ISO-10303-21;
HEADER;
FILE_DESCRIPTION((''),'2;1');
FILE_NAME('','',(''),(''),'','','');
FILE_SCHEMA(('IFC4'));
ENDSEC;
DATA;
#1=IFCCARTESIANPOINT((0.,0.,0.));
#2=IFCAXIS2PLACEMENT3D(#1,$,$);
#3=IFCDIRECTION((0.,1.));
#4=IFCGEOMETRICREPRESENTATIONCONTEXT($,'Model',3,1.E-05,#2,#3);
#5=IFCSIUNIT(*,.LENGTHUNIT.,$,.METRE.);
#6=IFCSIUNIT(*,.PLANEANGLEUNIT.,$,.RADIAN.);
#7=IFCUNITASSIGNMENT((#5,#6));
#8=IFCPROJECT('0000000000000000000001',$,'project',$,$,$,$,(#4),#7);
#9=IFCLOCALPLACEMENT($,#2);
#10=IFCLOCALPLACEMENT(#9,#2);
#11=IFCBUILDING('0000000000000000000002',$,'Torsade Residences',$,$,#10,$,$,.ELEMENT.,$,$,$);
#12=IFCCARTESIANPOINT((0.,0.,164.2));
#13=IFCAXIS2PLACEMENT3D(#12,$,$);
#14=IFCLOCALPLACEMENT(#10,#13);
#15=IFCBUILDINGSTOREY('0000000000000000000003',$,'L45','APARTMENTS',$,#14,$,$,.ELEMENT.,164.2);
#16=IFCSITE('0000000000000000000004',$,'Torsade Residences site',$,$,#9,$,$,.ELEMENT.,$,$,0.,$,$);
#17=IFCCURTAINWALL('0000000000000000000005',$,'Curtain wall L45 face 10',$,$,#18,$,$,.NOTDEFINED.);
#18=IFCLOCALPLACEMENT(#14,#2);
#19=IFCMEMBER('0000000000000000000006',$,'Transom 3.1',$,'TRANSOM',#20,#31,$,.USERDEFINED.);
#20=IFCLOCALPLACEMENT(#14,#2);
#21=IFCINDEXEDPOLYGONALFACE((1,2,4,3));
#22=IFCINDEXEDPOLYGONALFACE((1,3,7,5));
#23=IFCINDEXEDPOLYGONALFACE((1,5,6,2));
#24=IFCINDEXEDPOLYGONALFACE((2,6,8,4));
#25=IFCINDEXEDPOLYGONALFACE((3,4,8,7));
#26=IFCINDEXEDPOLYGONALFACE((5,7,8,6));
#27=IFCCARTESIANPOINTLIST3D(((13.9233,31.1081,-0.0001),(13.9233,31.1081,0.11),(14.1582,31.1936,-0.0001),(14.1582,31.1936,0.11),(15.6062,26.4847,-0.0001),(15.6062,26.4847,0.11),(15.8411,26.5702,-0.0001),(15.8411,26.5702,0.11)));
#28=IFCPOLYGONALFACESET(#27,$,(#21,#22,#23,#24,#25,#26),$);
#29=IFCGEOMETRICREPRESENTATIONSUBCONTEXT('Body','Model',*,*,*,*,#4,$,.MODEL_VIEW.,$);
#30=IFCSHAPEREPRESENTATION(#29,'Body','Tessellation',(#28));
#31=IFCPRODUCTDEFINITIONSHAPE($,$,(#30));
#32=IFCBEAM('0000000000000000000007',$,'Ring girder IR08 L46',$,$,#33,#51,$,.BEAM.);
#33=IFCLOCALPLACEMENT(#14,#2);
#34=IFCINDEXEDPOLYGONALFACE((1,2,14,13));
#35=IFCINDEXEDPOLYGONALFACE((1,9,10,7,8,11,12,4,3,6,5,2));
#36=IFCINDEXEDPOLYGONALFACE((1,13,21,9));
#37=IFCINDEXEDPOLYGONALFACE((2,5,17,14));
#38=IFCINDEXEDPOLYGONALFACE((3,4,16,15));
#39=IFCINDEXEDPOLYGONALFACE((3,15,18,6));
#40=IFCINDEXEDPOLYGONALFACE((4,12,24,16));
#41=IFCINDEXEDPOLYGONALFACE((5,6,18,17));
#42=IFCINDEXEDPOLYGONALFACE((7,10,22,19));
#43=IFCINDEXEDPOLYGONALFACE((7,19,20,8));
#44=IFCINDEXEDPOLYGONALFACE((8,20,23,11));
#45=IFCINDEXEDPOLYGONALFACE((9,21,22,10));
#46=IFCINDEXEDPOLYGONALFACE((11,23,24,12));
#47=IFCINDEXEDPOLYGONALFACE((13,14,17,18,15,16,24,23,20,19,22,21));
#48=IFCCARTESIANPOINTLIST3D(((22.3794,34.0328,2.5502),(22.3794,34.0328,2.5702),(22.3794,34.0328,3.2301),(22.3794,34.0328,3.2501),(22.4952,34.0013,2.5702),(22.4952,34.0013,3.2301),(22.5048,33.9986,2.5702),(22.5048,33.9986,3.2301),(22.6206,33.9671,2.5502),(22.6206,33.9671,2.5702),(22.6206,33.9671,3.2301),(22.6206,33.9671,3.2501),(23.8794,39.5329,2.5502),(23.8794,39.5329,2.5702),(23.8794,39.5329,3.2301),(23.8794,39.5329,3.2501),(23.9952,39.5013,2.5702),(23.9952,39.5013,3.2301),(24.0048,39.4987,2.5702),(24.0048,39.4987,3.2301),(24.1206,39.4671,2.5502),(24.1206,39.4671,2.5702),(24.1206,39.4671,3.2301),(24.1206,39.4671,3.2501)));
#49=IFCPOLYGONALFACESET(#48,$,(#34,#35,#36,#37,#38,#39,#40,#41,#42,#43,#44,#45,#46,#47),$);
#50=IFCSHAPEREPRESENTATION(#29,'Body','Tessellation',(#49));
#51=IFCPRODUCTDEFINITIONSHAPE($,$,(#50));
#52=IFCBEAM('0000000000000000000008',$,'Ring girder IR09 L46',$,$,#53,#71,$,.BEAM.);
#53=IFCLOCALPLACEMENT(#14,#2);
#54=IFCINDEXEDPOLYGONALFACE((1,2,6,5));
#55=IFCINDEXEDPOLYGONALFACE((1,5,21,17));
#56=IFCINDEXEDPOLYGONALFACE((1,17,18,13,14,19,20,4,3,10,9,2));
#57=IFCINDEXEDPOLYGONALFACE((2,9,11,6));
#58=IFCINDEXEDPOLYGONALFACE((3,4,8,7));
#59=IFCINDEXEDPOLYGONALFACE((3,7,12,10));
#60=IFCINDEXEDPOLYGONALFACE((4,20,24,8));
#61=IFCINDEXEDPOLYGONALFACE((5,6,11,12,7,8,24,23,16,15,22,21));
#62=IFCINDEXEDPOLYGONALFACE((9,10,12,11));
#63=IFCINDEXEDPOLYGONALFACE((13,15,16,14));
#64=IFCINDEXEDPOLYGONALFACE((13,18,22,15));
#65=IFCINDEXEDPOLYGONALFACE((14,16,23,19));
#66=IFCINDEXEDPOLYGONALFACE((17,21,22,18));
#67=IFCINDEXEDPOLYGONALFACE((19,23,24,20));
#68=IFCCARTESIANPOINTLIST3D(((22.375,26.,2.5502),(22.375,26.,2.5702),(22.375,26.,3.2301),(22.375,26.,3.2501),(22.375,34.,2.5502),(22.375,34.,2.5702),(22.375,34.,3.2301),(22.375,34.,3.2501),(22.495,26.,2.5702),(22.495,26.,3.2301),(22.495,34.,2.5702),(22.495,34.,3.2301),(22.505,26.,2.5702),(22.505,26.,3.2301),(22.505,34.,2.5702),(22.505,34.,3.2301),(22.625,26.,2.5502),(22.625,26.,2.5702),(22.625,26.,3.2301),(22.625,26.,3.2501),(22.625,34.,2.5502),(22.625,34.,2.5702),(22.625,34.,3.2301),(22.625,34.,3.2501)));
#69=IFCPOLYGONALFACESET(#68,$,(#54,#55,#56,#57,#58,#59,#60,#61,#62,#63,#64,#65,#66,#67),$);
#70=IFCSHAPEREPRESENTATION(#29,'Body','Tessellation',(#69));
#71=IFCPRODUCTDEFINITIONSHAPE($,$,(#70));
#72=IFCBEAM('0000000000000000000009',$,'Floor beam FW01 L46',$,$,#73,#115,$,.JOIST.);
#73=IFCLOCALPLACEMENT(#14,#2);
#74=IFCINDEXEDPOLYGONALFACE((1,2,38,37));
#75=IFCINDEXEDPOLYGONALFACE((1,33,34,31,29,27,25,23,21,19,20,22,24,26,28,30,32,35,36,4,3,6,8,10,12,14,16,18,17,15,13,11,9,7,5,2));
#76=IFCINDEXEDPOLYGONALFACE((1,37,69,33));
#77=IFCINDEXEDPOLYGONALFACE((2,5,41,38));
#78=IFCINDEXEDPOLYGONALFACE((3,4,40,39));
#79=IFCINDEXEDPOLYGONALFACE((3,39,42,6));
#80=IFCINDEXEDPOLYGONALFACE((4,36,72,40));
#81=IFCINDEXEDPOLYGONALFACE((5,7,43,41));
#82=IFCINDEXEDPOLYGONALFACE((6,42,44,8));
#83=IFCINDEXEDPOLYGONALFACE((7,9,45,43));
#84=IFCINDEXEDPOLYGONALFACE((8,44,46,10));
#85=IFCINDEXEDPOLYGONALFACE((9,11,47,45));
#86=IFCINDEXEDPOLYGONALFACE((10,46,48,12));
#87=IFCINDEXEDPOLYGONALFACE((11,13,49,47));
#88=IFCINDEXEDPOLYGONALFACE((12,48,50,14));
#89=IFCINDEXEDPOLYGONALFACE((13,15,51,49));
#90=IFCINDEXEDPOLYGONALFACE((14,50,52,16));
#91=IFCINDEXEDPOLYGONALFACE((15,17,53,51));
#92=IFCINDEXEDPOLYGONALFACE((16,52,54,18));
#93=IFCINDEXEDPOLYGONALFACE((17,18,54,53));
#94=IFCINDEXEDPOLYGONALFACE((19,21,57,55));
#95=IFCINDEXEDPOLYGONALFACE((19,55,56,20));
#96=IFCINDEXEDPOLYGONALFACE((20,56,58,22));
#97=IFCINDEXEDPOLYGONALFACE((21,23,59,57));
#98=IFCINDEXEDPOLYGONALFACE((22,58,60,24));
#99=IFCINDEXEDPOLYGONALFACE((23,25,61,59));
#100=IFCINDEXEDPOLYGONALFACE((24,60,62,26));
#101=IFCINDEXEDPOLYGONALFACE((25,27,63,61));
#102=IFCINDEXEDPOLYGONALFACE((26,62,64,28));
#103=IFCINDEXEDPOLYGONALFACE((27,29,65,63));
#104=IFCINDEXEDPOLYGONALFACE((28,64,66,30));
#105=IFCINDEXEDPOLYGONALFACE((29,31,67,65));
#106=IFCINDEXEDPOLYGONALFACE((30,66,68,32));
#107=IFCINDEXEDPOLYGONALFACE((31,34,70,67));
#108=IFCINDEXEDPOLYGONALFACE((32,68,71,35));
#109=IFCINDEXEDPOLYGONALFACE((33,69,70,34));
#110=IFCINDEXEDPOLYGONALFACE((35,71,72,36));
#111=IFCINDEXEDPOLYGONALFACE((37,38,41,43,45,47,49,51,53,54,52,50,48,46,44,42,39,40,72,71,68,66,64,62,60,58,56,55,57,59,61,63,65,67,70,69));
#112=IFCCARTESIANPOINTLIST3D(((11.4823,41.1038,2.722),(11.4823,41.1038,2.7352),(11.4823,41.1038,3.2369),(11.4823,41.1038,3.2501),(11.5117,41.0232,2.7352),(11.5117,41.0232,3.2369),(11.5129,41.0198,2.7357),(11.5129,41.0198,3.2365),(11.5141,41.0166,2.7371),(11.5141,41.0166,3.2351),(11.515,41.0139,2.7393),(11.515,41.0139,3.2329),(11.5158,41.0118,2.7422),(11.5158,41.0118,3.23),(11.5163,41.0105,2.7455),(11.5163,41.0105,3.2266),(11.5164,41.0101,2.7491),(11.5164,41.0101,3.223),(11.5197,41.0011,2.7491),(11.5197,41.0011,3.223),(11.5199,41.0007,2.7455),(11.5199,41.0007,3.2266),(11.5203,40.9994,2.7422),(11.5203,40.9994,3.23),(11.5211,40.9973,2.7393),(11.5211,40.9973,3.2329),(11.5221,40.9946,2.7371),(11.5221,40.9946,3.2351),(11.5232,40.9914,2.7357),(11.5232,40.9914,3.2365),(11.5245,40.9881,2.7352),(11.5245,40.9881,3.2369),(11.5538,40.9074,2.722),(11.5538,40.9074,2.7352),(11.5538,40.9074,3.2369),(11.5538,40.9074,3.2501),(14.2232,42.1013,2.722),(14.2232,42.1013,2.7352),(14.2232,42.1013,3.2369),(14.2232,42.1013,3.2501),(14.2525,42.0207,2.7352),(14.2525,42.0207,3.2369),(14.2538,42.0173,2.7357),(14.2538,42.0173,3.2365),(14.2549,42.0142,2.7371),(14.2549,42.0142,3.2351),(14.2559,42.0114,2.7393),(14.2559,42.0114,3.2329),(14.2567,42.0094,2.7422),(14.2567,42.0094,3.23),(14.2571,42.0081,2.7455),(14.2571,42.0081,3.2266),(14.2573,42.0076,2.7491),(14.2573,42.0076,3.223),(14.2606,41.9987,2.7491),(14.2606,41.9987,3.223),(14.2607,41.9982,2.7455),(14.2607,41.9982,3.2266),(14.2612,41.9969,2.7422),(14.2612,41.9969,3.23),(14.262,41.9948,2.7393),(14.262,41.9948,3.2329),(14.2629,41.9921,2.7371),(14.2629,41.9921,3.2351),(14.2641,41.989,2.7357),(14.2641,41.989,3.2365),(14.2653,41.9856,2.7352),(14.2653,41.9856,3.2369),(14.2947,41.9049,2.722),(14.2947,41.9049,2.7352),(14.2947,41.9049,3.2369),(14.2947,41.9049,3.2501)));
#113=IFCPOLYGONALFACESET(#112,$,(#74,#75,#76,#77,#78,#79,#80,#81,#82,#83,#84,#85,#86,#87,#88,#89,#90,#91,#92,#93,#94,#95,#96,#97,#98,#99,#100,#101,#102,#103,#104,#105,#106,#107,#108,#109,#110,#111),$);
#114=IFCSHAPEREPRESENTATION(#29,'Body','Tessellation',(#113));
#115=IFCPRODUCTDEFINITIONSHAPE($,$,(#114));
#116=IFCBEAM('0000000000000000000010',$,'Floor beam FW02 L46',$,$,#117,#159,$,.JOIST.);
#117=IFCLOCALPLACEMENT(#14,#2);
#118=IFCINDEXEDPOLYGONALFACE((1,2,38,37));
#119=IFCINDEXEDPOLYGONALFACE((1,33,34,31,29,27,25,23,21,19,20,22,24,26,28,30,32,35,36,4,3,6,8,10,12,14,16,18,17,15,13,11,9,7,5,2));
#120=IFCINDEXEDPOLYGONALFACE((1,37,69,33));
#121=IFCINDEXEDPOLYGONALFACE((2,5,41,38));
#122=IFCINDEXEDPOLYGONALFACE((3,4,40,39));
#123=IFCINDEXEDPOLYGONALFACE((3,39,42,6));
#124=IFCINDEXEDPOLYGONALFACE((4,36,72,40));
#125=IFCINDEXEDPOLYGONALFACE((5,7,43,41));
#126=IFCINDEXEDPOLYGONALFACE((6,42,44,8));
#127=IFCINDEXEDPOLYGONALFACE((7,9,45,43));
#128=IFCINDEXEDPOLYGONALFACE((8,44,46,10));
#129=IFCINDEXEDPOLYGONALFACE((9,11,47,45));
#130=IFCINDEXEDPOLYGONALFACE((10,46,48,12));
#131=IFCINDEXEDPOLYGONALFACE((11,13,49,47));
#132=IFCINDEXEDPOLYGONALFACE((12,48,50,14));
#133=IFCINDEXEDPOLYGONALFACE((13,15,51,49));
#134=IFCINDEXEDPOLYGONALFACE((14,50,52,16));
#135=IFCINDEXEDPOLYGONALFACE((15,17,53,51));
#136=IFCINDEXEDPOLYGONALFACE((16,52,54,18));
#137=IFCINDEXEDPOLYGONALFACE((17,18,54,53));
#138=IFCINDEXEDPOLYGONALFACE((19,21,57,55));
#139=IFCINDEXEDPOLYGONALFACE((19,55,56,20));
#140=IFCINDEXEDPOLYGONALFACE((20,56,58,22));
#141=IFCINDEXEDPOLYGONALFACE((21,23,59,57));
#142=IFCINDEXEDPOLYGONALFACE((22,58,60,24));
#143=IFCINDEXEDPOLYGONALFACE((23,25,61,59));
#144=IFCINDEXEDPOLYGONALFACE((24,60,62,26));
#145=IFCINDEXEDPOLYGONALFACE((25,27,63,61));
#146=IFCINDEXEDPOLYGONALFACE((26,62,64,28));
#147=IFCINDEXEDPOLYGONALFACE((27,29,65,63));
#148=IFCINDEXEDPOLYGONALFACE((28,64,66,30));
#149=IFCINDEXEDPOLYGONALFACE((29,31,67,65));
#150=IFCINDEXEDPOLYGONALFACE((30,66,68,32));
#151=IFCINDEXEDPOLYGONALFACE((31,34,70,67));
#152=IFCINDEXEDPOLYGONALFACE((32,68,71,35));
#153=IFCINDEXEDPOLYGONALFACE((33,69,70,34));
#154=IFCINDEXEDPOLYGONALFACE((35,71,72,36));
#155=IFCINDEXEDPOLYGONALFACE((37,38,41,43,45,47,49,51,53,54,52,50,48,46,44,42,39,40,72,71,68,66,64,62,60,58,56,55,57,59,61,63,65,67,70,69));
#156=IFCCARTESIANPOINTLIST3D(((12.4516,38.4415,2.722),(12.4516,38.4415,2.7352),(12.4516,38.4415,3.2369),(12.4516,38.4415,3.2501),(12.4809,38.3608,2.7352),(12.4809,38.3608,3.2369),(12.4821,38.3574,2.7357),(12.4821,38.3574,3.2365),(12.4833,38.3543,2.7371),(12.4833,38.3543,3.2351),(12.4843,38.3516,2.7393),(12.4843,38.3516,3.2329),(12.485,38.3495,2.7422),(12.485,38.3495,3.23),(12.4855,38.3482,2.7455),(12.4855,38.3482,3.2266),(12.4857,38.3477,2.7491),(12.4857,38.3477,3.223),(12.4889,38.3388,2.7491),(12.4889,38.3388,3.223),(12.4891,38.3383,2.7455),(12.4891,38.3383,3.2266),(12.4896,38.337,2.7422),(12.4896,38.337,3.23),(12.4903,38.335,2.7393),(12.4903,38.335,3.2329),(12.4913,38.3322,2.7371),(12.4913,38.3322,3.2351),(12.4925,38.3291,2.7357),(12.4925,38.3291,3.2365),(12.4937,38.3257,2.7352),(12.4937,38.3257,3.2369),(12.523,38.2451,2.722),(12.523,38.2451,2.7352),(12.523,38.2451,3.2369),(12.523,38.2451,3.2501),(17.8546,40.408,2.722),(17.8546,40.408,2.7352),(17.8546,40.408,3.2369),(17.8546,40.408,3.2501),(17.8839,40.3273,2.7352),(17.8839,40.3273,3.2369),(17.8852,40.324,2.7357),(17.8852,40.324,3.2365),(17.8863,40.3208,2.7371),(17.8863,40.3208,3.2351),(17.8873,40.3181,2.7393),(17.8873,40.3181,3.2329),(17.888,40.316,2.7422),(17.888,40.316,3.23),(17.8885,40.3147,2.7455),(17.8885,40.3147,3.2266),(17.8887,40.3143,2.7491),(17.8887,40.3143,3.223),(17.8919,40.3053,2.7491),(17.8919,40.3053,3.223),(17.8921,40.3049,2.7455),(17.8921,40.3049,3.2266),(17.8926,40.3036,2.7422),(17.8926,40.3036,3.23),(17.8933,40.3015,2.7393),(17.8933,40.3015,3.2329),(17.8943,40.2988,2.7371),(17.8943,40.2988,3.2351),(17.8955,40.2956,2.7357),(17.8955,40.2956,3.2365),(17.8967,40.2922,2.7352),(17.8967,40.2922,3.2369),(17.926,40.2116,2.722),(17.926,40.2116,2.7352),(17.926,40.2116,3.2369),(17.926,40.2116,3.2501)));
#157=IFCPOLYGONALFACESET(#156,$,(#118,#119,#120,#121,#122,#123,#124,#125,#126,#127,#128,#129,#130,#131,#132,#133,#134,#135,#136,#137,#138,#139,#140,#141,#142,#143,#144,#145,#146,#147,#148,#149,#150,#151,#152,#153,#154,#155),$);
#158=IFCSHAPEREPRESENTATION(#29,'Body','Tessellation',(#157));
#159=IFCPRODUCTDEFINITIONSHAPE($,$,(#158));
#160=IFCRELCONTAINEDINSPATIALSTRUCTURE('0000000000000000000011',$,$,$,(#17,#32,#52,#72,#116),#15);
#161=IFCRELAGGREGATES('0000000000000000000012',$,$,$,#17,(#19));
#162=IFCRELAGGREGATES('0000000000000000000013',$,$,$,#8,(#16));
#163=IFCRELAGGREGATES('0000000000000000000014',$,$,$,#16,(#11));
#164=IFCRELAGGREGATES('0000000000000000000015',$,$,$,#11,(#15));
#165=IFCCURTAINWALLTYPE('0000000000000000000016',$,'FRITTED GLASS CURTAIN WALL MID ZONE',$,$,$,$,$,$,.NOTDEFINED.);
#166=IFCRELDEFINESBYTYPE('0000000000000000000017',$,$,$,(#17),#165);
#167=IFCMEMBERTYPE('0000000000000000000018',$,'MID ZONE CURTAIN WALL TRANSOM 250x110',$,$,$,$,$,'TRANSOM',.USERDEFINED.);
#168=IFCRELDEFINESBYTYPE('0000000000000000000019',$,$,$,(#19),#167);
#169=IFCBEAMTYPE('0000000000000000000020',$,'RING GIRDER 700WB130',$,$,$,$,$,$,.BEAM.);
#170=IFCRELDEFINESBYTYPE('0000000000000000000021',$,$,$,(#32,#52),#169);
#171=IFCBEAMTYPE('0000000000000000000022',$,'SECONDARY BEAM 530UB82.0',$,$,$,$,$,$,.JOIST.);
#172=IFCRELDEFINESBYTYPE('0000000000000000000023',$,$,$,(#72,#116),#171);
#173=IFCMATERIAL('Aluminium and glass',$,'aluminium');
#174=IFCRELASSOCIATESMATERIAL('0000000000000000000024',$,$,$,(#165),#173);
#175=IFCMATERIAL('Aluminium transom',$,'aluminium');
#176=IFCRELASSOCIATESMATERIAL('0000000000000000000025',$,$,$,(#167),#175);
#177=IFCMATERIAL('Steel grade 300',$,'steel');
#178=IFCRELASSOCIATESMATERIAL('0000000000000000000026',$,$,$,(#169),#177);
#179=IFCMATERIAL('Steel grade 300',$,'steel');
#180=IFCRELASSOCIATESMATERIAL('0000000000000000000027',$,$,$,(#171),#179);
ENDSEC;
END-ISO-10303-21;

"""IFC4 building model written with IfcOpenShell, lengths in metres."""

from ifc_helpers import new_model, si_unit, direction, frame, origin, origin_2d, place, context, subcontext, project, spatial, rectangle, i_section, extrude, material, material_profile, profile_set, type_object, element, aggregate, save


model = new_model("IFC4")

# Units and contexts
model_context = context("Model", 3, precision=1e-05, world=origin(), true_north=direction((0.0, 1.0)))
body_context = subcontext(model_context, "Body", "Model", "MODEL_VIEW")
ifc_project = project(units=[si_unit("LENGTHUNIT", "METRE"), si_unit("PLANEANGLEUNIT", "RADIAN")], contexts=[model_context])

# Site, building, storey
site_placement = place(None, origin())
site = spatial("IfcSite", under=ifc_project, at=site_placement, Name="Torsade Residences site", CompositionType="ELEMENT", RefElevation=0.0)
building_placement = place(site_placement, origin())
building = spatial("IfcBuilding", under=site, at=building_placement, Name="Torsade Residences", CompositionType="ELEMENT")
storey_placement = place(building_placement, frame((0.0, 0.0, 164.2)))
storey = spatial("IfcBuildingStorey", under=building, at=storey_placement, Name="L45", Description="APARTMENTS", CompositionType="ELEMENT", Elevation=164.2)

# Curtain wall, member
ifc_material_1 = material(Name="Aluminium and glass", Category="aluminium")
curtain_wall_type = type_object("IfcCurtainWallType", Name="FRITTED GLASS CURTAIN WALL MID ZONE", PredefinedType="NOTDEFINED", material=ifc_material_1)
curtain_wall_placement = place(storey_placement, origin())
curtain_wall = element("IfcCurtainWall", 1, at=curtain_wall_placement, inside=storey, type_object=curtain_wall_type, Name="Curtain wall L45 face 10", PredefinedType="NOTDEFINED")
ifc_material_2 = material(Name="Aluminium transom", Category="aluminium")
ifc_material_profile_1 = material_profile(ifc_material_2, rectangle(XDim=0.25, YDim=0.1101, at=origin_2d()), Name="MID ZONE CURTAIN WALL TRANSOM 250x110")
ifc_profile_set_1 = profile_set([ifc_material_profile_1], Name="Aluminium transom")
member_type_1 = type_object("IfcMemberType", Name="MID ZONE CURTAIN WALL TRANSOM 250x110", ElementType="TRANSOM", PredefinedType="USERDEFINED", material=ifc_profile_set_1)
member_1_placement = place(storey_placement, frame((14.0408, 31.1509, 0.0549), z_axis=(0.342042, -0.939685, 0.0), x_axis=(0.939685, 0.342042, 0.0)))
member_1 = element("IfcMember", 2, at=member_1_placement, type_object=member_type_1, Name="Transom 3.1", ObjectType="TRANSOM", PredefinedType="USERDEFINED", context=body_context, shape_type="SweptSolid", body=[
    extrude(rectangle(XDim=0.25, YDim=0.1101, at=origin_2d()), origin(), (0.0, 0.0, 1.0), 4.9202),
])

# Beams
ifc_material_3 = material(Name="Steel grade 300", Category="steel")
ifc_material_profile_2 = material_profile(ifc_material_3, i_section(OverallWidth=0.25, OverallDepth=0.7, WebThickness=0.01, FlangeThickness=0.02, at=origin_2d()), Name="700WB130")
ifc_profile_set_2 = profile_set([ifc_material_profile_2], Name="Steel grade 300")
beam_type_1 = type_object("IfcBeamType", Name="RING GIRDER 700WB130", PredefinedType="BEAM", material=ifc_profile_set_2)
beam_1_placement = place(storey_placement, frame((24.0, 39.5, 2.9001), z_axis=(-0.263117, -0.964764, 0.0), x_axis=(0.964764, -0.263117, 0.0)))
element("IfcBeam", 3, at=beam_1_placement, inside=storey, type_object=beam_type_1, Name="Ring girder IR08 L46", PredefinedType="BEAM", context=body_context, shape_type="SweptSolid", body=[
    extrude(i_section(OverallWidth=0.25, OverallDepth=0.7, WebThickness=0.01, FlangeThickness=0.02, at=origin_2d()), origin(), (0.0, 0.0, 1.0), 5.7009),
])
beam_2_placement = place(storey_placement, frame((22.5, 34.0, 2.9001), z_axis=(0.0, -1.0, 0.0), x_axis=(1.0, 0.0, 0.0)))
element("IfcBeam", 4, at=beam_2_placement, inside=storey, type_object=beam_type_1, Name="Ring girder IR09 L46", PredefinedType="BEAM", context=body_context, shape_type="SweptSolid", body=[
    extrude(i_section(OverallWidth=0.25, OverallDepth=0.7, WebThickness=0.01, FlangeThickness=0.02, at=origin_2d()), origin(), (0.0, 0.0, 1.0), 8.0),
])
ifc_material_4 = material(Name="Steel grade 300", Category="steel")
ifc_material_profile_3 = material_profile(ifc_material_4, i_section(OverallWidth=0.209, OverallDepth=0.5281, WebThickness=0.0095, FlangeThickness=0.0132, FilletRadius=0.0139, at=origin_2d()), Name="530UB82.0")
ifc_profile_set_3 = profile_set([ifc_material_profile_3], Name="Steel grade 300")
beam_type_2 = type_object("IfcBeamType", Name="SECONDARY BEAM 530UB82.0", PredefinedType="JOIST", material=ifc_profile_set_3)
beam_3_placement = place(storey_placement, frame((11.5181, 41.0056, 2.9861), z_axis=(0.939701, 0.341998, 0.0), x_axis=(-0.341998, 0.939701, 0.0)))
element("IfcBeam", 5, at=beam_3_placement, inside=storey, type_object=beam_type_2, Name="Floor beam FW01 L46", PredefinedType="JOIST", context=body_context, shape_type="SweptSolid", body=[
    extrude(i_section(OverallWidth=0.209, OverallDepth=0.5281, WebThickness=0.0095, FlangeThickness=0.0132, FilletRadius=0.0139, at=origin_2d()), origin(), (0.0, 0.0, 1.0), 2.9167),
])
beam_4_placement = place(storey_placement, frame((12.4873, 38.3433, 2.9861), z_axis=(0.939693, 0.342019, 0.0), x_axis=(-0.342019, 0.939693, 0.0)))
element("IfcBeam", 6, at=beam_4_placement, inside=storey, type_object=beam_type_2, Name="Floor beam FW02 L46", PredefinedType="JOIST", context=body_context, shape_type="SweptSolid", body=[
    extrude(i_section(OverallWidth=0.209, OverallDepth=0.5281, WebThickness=0.0095, FlangeThickness=0.0132, FilletRadius=0.0139, at=origin_2d()), origin(), (0.0, 0.0, 1.0), 5.7498),
])

aggregate(curtain_wall, [member_1])

save(model, "model.ifc")
